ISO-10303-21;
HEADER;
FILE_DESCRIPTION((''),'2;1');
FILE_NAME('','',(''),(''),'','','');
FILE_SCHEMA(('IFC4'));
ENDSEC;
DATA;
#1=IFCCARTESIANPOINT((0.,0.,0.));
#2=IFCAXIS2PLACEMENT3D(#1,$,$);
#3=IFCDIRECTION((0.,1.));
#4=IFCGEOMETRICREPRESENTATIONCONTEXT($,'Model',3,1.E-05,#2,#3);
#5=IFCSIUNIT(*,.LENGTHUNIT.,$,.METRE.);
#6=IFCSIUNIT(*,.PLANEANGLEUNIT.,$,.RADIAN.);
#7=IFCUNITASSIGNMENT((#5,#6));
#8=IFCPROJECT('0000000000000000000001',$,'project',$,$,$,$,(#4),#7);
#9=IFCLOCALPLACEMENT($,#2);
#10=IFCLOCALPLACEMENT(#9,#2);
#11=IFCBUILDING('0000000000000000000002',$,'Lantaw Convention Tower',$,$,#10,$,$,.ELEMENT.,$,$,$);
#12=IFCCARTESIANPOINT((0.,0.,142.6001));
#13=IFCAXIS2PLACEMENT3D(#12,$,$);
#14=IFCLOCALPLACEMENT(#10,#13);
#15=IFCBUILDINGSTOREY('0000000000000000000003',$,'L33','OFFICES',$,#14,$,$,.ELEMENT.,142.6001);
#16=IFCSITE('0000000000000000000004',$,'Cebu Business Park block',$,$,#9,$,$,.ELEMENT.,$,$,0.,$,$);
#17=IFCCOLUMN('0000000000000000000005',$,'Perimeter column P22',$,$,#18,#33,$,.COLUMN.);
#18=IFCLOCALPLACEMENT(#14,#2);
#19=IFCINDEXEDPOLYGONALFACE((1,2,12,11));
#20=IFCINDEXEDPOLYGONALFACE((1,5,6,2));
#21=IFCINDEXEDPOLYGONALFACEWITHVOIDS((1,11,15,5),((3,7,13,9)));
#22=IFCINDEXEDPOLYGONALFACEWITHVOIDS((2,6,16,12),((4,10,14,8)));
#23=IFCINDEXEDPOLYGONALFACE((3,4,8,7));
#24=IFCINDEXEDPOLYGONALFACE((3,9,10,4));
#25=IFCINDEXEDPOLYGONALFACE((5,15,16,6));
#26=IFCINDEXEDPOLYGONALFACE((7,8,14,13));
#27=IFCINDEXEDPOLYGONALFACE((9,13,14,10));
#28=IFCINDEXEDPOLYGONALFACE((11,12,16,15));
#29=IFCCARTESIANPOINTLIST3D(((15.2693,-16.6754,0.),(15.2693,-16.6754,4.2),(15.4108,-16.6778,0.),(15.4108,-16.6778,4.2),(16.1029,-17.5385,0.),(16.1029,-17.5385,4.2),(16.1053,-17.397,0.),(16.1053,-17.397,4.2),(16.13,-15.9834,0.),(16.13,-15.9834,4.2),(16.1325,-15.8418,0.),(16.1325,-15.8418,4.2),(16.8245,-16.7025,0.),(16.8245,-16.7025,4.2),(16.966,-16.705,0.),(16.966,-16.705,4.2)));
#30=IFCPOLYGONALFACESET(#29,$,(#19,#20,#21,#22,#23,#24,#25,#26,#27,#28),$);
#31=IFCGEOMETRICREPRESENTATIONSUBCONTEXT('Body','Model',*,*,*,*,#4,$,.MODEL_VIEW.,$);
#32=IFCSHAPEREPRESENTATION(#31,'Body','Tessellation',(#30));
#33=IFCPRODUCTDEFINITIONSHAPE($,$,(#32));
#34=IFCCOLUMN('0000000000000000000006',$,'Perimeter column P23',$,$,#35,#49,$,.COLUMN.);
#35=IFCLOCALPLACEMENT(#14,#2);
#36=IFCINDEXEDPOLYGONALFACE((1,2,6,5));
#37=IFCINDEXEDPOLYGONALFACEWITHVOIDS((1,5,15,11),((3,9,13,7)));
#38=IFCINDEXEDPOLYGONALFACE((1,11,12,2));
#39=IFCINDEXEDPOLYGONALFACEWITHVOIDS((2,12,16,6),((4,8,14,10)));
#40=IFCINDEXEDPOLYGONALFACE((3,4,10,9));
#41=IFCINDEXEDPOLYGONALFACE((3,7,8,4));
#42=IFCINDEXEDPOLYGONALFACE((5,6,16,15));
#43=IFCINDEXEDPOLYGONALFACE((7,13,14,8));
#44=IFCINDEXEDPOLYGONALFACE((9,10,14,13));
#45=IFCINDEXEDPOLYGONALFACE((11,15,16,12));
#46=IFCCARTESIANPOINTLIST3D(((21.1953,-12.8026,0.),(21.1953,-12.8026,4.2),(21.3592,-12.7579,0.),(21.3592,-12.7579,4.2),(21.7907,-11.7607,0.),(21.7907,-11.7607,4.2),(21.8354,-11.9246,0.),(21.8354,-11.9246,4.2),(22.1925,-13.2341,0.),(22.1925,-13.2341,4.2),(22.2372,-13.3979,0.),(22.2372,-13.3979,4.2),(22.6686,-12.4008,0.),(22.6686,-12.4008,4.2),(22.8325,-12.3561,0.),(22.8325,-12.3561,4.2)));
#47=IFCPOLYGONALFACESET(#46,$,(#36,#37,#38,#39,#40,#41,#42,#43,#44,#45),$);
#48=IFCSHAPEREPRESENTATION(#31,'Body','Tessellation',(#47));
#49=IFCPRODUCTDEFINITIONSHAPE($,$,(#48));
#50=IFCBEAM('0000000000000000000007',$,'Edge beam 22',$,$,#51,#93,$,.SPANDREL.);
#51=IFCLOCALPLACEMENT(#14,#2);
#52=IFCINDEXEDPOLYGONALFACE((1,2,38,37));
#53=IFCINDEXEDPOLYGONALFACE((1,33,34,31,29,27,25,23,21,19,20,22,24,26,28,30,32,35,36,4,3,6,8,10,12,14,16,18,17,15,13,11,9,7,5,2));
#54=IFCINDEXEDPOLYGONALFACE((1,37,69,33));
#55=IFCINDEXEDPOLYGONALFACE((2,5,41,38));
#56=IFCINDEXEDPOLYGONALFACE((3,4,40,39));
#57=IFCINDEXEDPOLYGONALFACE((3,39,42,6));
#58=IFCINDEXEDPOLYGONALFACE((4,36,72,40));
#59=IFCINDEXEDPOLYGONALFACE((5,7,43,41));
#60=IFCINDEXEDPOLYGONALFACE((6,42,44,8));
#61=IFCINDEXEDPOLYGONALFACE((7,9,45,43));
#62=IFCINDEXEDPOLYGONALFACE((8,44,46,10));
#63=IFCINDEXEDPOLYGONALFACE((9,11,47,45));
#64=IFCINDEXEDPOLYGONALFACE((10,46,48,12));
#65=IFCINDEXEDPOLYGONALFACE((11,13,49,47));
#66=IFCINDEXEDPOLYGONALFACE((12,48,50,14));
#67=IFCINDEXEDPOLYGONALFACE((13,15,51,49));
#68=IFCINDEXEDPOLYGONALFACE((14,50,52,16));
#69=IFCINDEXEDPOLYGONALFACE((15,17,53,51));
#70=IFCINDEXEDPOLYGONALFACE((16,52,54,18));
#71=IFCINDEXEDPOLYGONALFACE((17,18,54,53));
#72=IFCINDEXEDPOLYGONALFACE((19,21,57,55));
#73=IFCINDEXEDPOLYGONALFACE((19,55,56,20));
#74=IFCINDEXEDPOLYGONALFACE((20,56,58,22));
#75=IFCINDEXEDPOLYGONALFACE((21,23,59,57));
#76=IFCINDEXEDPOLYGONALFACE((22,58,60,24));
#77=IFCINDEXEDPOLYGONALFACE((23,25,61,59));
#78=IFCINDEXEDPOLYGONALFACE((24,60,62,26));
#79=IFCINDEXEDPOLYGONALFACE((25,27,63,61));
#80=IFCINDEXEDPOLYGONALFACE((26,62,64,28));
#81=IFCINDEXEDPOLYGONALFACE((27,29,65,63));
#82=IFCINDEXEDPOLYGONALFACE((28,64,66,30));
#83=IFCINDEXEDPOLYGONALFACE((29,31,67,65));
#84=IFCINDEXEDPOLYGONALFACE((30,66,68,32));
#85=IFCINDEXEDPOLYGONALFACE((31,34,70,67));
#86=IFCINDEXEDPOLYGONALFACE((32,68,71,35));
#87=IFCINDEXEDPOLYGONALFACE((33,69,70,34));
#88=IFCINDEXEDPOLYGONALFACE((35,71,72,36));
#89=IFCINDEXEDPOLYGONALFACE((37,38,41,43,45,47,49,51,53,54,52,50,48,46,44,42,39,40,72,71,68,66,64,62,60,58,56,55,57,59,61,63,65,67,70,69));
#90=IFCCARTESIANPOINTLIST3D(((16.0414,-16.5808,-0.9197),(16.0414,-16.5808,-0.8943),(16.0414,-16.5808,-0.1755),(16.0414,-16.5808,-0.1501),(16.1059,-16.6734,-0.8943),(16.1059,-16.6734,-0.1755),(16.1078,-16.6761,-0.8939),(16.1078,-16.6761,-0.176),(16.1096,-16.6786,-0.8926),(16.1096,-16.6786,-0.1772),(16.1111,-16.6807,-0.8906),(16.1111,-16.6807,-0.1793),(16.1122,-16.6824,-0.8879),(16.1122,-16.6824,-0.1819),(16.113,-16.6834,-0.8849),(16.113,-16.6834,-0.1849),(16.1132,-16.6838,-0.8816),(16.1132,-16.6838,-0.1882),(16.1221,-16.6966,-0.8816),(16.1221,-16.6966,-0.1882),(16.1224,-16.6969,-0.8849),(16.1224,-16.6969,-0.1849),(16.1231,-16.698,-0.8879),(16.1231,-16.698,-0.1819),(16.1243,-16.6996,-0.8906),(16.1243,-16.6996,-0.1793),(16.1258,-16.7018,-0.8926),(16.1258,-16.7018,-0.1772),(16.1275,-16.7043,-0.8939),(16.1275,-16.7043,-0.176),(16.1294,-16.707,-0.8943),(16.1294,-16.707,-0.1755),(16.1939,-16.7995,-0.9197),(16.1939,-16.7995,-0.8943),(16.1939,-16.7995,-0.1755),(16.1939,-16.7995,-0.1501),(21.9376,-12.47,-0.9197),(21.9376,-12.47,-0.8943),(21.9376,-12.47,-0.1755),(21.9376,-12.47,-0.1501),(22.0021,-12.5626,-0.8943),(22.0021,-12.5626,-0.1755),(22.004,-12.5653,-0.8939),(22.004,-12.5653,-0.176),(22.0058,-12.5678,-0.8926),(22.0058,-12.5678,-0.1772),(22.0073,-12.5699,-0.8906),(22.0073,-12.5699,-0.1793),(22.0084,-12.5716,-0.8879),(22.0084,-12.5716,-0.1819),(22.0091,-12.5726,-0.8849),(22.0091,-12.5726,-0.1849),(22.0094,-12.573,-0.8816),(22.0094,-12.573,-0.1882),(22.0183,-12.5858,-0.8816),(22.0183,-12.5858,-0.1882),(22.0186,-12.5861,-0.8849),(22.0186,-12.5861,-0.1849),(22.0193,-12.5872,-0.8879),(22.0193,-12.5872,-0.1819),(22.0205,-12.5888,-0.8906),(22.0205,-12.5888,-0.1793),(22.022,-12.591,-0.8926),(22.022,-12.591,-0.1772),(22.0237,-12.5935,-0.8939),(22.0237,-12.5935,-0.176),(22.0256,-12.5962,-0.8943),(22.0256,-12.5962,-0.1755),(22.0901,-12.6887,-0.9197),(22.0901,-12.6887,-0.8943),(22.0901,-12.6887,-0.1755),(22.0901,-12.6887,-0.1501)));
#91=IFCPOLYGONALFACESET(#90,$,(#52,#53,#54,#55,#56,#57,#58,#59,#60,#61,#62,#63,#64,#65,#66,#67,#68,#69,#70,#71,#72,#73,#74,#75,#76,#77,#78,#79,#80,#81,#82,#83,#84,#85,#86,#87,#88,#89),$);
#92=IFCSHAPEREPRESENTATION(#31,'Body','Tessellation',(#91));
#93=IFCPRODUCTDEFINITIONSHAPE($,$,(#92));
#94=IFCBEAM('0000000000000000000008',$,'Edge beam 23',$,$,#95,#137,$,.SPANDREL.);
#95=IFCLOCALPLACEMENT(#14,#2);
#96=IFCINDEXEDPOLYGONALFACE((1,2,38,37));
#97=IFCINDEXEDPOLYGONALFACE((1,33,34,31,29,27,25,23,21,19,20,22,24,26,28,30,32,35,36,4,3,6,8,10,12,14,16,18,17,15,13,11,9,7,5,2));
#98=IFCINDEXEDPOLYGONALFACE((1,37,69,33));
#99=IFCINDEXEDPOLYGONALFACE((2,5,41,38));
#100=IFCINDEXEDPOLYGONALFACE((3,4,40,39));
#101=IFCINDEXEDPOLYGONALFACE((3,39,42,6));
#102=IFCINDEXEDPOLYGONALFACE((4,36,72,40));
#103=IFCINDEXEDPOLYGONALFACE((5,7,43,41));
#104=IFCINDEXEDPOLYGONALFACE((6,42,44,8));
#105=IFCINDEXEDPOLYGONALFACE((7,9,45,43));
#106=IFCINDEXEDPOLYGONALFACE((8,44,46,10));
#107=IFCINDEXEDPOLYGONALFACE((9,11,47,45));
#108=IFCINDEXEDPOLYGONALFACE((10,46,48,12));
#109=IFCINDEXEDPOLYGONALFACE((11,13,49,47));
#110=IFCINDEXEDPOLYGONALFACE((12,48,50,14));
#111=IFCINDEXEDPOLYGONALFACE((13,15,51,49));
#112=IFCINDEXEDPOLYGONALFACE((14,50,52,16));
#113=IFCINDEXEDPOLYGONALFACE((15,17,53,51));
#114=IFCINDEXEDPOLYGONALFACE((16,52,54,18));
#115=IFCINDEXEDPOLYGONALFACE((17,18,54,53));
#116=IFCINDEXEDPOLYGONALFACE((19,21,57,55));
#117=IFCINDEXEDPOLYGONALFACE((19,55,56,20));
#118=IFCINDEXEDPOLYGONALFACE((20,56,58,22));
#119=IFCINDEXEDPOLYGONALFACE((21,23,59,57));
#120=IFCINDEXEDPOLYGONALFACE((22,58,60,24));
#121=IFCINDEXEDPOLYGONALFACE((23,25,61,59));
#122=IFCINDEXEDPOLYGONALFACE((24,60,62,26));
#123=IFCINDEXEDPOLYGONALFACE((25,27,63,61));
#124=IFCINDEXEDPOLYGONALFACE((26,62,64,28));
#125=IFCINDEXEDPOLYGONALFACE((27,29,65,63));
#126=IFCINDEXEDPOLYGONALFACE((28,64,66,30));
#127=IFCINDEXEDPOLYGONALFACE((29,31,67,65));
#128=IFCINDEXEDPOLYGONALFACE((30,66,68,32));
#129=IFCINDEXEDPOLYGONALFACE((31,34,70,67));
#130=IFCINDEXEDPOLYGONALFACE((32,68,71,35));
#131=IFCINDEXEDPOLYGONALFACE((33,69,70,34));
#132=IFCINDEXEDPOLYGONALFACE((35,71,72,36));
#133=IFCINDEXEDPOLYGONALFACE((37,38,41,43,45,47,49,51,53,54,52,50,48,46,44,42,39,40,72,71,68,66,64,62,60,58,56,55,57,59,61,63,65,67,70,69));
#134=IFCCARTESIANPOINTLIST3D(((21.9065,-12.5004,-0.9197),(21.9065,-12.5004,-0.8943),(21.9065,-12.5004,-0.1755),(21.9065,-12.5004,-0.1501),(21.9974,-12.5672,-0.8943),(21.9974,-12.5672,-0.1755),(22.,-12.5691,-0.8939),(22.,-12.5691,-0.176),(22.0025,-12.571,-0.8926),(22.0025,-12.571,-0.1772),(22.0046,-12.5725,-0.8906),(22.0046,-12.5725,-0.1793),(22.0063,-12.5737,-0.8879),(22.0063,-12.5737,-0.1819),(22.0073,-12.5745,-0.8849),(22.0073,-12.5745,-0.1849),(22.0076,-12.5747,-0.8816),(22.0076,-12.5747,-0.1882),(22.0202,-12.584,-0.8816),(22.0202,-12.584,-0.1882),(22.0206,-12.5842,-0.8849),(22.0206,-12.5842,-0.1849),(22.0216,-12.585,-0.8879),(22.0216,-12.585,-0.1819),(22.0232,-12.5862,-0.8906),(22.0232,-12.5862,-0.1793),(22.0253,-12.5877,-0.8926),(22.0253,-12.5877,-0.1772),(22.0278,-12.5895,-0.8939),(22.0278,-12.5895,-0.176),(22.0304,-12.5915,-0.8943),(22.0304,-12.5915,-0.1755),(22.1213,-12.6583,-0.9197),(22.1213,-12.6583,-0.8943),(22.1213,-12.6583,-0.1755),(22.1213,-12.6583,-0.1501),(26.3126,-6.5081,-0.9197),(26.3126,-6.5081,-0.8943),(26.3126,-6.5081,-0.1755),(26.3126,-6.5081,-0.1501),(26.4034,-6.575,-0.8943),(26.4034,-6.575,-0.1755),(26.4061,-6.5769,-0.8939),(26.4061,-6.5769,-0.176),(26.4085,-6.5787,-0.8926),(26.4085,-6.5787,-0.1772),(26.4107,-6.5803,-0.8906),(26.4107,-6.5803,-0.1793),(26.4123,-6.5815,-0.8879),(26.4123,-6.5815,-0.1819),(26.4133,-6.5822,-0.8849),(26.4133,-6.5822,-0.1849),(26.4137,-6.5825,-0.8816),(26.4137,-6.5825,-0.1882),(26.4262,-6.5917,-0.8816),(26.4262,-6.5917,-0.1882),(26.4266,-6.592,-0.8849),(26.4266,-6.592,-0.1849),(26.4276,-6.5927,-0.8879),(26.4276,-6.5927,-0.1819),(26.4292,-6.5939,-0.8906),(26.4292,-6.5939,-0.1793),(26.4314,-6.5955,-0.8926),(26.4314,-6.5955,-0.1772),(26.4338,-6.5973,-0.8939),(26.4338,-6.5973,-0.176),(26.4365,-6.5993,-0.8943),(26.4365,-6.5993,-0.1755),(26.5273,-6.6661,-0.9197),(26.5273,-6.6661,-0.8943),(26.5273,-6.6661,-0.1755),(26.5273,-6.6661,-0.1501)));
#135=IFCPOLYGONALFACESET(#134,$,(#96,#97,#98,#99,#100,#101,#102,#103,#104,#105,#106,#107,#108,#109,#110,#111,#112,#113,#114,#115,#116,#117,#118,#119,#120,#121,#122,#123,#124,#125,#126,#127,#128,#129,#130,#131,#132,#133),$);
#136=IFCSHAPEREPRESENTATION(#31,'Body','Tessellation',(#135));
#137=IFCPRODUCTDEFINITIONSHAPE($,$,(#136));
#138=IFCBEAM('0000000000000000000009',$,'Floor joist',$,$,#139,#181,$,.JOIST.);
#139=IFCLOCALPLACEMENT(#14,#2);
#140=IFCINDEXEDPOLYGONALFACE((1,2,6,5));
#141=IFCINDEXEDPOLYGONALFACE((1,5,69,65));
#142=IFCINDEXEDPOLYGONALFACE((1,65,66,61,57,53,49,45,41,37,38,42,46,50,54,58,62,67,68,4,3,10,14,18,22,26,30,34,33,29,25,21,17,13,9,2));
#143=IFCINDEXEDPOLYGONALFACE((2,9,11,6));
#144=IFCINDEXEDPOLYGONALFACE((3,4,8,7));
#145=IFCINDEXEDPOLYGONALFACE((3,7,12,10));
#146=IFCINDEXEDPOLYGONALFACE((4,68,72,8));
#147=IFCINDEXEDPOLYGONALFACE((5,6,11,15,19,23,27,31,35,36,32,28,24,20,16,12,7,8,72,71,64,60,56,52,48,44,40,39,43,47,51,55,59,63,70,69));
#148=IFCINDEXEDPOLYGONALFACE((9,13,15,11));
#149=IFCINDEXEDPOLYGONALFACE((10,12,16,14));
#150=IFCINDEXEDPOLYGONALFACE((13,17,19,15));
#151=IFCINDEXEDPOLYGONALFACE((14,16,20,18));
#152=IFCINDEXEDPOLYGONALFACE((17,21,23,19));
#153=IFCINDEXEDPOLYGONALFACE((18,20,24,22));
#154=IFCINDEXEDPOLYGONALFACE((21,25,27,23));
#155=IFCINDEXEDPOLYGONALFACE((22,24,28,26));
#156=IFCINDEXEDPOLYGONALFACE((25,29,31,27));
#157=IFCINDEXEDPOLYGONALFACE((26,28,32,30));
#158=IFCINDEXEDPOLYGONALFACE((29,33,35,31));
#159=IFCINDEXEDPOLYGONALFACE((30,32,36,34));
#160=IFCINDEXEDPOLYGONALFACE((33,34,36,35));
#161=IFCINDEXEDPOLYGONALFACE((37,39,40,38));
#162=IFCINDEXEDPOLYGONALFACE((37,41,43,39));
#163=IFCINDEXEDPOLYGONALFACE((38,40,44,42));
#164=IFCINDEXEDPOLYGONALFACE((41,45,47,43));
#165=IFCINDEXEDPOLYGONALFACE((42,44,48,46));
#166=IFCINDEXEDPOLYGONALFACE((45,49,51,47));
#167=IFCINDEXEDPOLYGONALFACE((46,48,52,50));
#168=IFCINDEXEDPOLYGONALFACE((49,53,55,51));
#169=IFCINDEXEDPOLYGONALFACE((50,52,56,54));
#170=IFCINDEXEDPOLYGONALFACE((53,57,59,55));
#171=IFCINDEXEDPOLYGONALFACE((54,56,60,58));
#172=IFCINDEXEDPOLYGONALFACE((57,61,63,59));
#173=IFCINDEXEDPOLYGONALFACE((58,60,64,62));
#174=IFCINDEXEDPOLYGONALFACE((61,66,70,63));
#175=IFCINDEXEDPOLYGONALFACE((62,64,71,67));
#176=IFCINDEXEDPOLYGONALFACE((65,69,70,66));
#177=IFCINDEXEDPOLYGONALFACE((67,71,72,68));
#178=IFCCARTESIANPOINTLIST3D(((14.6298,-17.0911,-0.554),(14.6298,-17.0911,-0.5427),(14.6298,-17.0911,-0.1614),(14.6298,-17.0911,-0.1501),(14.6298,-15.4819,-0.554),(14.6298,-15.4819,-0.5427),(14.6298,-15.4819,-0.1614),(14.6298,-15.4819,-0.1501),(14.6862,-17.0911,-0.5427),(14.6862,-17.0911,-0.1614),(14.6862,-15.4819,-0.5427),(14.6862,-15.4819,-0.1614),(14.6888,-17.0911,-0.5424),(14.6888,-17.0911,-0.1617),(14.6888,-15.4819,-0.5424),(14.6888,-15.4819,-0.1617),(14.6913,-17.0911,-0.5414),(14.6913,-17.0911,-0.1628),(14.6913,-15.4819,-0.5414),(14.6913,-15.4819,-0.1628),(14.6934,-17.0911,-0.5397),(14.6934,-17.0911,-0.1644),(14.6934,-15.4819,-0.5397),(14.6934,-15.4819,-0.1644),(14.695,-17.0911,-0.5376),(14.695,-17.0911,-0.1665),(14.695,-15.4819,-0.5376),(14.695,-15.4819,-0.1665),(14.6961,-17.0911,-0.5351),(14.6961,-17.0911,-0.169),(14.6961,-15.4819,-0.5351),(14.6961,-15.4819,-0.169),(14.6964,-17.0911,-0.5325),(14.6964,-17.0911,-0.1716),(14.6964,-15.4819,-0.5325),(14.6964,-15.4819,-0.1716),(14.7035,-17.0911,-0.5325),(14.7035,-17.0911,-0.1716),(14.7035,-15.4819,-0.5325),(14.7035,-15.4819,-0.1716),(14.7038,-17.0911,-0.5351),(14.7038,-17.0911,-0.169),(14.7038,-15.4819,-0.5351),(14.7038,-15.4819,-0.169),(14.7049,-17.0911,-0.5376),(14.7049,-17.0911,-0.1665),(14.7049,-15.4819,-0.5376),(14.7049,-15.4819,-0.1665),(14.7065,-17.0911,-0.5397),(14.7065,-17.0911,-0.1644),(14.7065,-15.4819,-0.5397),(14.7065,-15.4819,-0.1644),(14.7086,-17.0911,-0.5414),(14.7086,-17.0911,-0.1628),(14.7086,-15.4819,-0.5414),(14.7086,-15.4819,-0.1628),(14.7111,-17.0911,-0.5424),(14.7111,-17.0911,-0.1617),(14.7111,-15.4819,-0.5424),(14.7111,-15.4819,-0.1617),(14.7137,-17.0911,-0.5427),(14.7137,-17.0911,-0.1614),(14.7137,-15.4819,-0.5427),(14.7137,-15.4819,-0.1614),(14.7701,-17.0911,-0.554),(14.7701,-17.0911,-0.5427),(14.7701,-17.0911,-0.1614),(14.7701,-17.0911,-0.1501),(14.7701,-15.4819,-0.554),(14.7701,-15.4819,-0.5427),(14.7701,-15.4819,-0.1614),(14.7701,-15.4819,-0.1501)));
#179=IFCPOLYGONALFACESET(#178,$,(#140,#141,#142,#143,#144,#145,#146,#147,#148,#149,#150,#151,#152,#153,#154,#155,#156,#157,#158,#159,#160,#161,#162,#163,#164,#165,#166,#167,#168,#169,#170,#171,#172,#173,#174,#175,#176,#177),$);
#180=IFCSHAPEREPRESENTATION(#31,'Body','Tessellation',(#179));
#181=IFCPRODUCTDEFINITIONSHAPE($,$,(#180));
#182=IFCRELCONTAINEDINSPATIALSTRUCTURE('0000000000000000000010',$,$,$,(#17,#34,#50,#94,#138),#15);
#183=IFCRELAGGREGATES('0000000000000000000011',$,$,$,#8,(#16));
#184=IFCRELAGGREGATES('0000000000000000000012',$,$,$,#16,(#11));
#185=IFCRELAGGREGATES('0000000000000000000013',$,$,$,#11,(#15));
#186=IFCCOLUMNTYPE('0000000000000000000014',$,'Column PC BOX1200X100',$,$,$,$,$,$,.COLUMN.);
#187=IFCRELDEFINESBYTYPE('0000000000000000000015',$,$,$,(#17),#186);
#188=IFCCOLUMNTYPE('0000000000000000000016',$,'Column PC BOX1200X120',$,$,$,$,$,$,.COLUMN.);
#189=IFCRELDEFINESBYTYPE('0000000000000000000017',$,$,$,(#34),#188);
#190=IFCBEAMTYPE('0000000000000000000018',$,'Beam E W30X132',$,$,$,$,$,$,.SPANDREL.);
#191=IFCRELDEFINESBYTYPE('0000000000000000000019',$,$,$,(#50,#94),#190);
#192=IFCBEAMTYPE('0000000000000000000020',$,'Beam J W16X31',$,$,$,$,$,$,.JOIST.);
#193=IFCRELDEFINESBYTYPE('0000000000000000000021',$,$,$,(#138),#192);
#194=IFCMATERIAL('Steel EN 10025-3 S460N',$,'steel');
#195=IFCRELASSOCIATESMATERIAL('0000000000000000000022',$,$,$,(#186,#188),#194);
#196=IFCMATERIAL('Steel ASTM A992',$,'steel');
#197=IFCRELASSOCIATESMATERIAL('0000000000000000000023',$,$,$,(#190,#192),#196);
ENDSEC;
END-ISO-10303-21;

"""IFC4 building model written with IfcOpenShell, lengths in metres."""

from ifc_helpers import new_model, si_unit, direction, frame, origin, origin_2d, place, context, subcontext, project, spatial, rectangle, hollow_rectangle, i_section, extrude, material, material_profile, profile_set, type_object, element, save


model = new_model("IFC4")

# Units and contexts
model_context = context("Model", 3, precision=1e-05, world=origin(), true_north=direction((0.0, 1.0)))
body_context = subcontext(model_context, "Body", "Model", "MODEL_VIEW")
ifc_project = project(units=[si_unit("LENGTHUNIT", "METRE"), si_unit("PLANEANGLEUNIT", "RADIAN")], contexts=[model_context])

# Site, building, storey
site_placement = place(None, origin())
site = spatial("IfcSite", under=ifc_project, at=site_placement, Name="Cebu Business Park block", CompositionType="ELEMENT", RefElevation=0.0)
building_placement = place(site_placement, origin())
building = spatial("IfcBuilding", under=site, at=building_placement, Name="Lantaw Convention Tower", CompositionType="ELEMENT")
storey_placement = place(building_placement, frame((0.0, 0.0, 142.6001)))
storey = spatial("IfcBuildingStorey", under=building, at=storey_placement, Name="L33", Description="OFFICES", CompositionType="ELEMENT", Elevation=142.6001)

# Columns
ifc_material_1 = material(Name="Steel EN 10025-3 S460N", Category="steel")
ifc_material_profile_1 = material_profile(ifc_material_1, hollow_rectangle(XDim=1.2, YDim=1.2, WallThickness=0.1001, at=origin_2d()), Name="BOX1200X100")
ifc_material_2 = material(Name="Concrete C60/75", Category="concrete")
ifc_material_profile_2 = material_profile(ifc_material_2, rectangle(XDim=1.0, YDim=1.0, at=origin_2d()), Name="Concrete fill of BOX1200X100")
ifc_profile_set_1 = profile_set([ifc_material_profile_1, ifc_material_profile_2], Name="Steel EN 10025-3 S460N")
column_type_1 = type_object("IfcColumnType", Name="Column PC BOX1200X100", PredefinedType="COLUMN", material=ifc_profile_set_1)
column_1_placement = place(storey_placement, frame((16.1177, -16.6902, 0.0), z_axis=(0.0, 0.0, 1.0), x_axis=(0.71934, 0.694658, 0.0)))
element("IfcColumn", 1, at=column_1_placement, inside=storey, type_object=column_type_1, Name="Perimeter column P22", PredefinedType="COLUMN", context=body_context, shape_type="SweptSolid", body=[
    extrude(hollow_rectangle(XDim=1.2, YDim=1.2, WallThickness=0.1001, at=origin_2d()), origin(), (0.0, 0.0, 1.0), 4.2),
])
ifc_material_profile_3 = material_profile(ifc_material_1, hollow_rectangle(XDim=1.2, YDim=1.2, WallThickness=0.1201, at=origin_2d()), Name="BOX1200X120")
ifc_material_profile_4 = material_profile(ifc_material_2, rectangle(XDim=0.96, YDim=0.96, at=origin_2d()), Name="Concrete fill of BOX1200X120")
ifc_profile_set_2 = profile_set([ifc_material_profile_3, ifc_material_profile_4], Name="Steel EN 10025-3 S460N")
column_type_2 = type_object("IfcColumnType", Name="Column PC BOX1200X120", PredefinedType="COLUMN", material=ifc_profile_set_2)
column_2_placement = place(storey_placement, frame((22.0139, -12.5793, 0.0), z_axis=(0.0, 0.0, 1.0), x_axis=(0.496139, 0.868243, 0.0)))
element("IfcColumn", 2, at=column_2_placement, inside=storey, type_object=column_type_2, Name="Perimeter column P23", PredefinedType="COLUMN", context=body_context, shape_type="SweptSolid", body=[
    extrude(hollow_rectangle(XDim=1.2, YDim=1.2, WallThickness=0.1201, at=origin_2d()), origin(), (0.0, 0.0, 1.0), 4.2),
])

# Beams
ifc_material_3 = material(Name="Steel ASTM A992", Category="steel")
ifc_material_profile_5 = material_profile(ifc_material_3, i_section(OverallWidth=0.2666, OverallDepth=0.7695, WebThickness=0.0156, FlangeThickness=0.0254, FilletRadius=0.0127, at=origin_2d()), Name="W30X132")
ifc_profile_set_3 = profile_set([ifc_material_profile_5], Name="Steel ASTM A992")
beam_type_1 = type_object("IfcBeamType", Name="Beam E W30X132", PredefinedType="SPANDREL", material=ifc_profile_set_3)
beam_1_placement = place(storey_placement, frame((16.1177, -16.6902, -0.5349), z_axis=(0.820311, 0.571918, 0.0), x_axis=(-0.571918, 0.820311, 0.0)))
element("IfcBeam", 3, at=beam_1_placement, inside=storey, type_object=beam_type_1, Name="Edge beam 22", PredefinedType="SPANDREL", context=body_context, shape_type="SweptSolid", body=[
    extrude(i_section(OverallWidth=0.2666, OverallDepth=0.7695, WebThickness=0.0156, FlangeThickness=0.0254, FilletRadius=0.0127, at=origin_2d()), origin(), (0.0, 0.0, 1.0), 7.1877),
])
beam_2_placement = place(storey_placement, frame((22.0139, -12.5793, -0.5349), z_axis=(0.592389, 0.805652, 0.0), x_axis=(-0.805652, 0.592389, 0.0)))
element("IfcBeam", 4, at=beam_2_placement, inside=storey, type_object=beam_type_1, Name="Edge beam 23", PredefinedType="SPANDREL", context=body_context, shape_type="SweptSolid", body=[
    extrude(i_section(OverallWidth=0.2666, OverallDepth=0.7695, WebThickness=0.0156, FlangeThickness=0.0254, FilletRadius=0.0127, at=origin_2d()), origin(), (0.0, 0.0, 1.0), 7.4377),
])
ifc_material_profile_6 = material_profile(ifc_material_3, i_section(OverallWidth=0.1404, OverallDepth=0.4038, WebThickness=0.0071, FlangeThickness=0.0112, FilletRadius=0.0103, at=origin_2d()), Name="W16X31")
ifc_profile_set_4 = profile_set([ifc_material_profile_6], Name="Steel ASTM A992")
beam_type_2 = type_object("IfcBeamType", Name="Beam J W16X31", PredefinedType="JOIST", material=ifc_profile_set_4)
beam_3_placement = place(storey_placement, frame((14.7, -17.0911, -0.3521), z_axis=(0.0, 1.0, 0.0), x_axis=(-1.0, 0.0, 0.0)))
element("IfcBeam", 5, at=beam_3_placement, inside=storey, type_object=beam_type_2, Name="Floor joist", PredefinedType="JOIST", context=body_context, shape_type="SweptSolid", body=[
    extrude(i_section(OverallWidth=0.1404, OverallDepth=0.4038, WebThickness=0.0071, FlangeThickness=0.0112, FilletRadius=0.0103, at=origin_2d()), origin(), (0.0, 0.0, 1.0), 1.6091),
])

save(model, "model.ifc")
